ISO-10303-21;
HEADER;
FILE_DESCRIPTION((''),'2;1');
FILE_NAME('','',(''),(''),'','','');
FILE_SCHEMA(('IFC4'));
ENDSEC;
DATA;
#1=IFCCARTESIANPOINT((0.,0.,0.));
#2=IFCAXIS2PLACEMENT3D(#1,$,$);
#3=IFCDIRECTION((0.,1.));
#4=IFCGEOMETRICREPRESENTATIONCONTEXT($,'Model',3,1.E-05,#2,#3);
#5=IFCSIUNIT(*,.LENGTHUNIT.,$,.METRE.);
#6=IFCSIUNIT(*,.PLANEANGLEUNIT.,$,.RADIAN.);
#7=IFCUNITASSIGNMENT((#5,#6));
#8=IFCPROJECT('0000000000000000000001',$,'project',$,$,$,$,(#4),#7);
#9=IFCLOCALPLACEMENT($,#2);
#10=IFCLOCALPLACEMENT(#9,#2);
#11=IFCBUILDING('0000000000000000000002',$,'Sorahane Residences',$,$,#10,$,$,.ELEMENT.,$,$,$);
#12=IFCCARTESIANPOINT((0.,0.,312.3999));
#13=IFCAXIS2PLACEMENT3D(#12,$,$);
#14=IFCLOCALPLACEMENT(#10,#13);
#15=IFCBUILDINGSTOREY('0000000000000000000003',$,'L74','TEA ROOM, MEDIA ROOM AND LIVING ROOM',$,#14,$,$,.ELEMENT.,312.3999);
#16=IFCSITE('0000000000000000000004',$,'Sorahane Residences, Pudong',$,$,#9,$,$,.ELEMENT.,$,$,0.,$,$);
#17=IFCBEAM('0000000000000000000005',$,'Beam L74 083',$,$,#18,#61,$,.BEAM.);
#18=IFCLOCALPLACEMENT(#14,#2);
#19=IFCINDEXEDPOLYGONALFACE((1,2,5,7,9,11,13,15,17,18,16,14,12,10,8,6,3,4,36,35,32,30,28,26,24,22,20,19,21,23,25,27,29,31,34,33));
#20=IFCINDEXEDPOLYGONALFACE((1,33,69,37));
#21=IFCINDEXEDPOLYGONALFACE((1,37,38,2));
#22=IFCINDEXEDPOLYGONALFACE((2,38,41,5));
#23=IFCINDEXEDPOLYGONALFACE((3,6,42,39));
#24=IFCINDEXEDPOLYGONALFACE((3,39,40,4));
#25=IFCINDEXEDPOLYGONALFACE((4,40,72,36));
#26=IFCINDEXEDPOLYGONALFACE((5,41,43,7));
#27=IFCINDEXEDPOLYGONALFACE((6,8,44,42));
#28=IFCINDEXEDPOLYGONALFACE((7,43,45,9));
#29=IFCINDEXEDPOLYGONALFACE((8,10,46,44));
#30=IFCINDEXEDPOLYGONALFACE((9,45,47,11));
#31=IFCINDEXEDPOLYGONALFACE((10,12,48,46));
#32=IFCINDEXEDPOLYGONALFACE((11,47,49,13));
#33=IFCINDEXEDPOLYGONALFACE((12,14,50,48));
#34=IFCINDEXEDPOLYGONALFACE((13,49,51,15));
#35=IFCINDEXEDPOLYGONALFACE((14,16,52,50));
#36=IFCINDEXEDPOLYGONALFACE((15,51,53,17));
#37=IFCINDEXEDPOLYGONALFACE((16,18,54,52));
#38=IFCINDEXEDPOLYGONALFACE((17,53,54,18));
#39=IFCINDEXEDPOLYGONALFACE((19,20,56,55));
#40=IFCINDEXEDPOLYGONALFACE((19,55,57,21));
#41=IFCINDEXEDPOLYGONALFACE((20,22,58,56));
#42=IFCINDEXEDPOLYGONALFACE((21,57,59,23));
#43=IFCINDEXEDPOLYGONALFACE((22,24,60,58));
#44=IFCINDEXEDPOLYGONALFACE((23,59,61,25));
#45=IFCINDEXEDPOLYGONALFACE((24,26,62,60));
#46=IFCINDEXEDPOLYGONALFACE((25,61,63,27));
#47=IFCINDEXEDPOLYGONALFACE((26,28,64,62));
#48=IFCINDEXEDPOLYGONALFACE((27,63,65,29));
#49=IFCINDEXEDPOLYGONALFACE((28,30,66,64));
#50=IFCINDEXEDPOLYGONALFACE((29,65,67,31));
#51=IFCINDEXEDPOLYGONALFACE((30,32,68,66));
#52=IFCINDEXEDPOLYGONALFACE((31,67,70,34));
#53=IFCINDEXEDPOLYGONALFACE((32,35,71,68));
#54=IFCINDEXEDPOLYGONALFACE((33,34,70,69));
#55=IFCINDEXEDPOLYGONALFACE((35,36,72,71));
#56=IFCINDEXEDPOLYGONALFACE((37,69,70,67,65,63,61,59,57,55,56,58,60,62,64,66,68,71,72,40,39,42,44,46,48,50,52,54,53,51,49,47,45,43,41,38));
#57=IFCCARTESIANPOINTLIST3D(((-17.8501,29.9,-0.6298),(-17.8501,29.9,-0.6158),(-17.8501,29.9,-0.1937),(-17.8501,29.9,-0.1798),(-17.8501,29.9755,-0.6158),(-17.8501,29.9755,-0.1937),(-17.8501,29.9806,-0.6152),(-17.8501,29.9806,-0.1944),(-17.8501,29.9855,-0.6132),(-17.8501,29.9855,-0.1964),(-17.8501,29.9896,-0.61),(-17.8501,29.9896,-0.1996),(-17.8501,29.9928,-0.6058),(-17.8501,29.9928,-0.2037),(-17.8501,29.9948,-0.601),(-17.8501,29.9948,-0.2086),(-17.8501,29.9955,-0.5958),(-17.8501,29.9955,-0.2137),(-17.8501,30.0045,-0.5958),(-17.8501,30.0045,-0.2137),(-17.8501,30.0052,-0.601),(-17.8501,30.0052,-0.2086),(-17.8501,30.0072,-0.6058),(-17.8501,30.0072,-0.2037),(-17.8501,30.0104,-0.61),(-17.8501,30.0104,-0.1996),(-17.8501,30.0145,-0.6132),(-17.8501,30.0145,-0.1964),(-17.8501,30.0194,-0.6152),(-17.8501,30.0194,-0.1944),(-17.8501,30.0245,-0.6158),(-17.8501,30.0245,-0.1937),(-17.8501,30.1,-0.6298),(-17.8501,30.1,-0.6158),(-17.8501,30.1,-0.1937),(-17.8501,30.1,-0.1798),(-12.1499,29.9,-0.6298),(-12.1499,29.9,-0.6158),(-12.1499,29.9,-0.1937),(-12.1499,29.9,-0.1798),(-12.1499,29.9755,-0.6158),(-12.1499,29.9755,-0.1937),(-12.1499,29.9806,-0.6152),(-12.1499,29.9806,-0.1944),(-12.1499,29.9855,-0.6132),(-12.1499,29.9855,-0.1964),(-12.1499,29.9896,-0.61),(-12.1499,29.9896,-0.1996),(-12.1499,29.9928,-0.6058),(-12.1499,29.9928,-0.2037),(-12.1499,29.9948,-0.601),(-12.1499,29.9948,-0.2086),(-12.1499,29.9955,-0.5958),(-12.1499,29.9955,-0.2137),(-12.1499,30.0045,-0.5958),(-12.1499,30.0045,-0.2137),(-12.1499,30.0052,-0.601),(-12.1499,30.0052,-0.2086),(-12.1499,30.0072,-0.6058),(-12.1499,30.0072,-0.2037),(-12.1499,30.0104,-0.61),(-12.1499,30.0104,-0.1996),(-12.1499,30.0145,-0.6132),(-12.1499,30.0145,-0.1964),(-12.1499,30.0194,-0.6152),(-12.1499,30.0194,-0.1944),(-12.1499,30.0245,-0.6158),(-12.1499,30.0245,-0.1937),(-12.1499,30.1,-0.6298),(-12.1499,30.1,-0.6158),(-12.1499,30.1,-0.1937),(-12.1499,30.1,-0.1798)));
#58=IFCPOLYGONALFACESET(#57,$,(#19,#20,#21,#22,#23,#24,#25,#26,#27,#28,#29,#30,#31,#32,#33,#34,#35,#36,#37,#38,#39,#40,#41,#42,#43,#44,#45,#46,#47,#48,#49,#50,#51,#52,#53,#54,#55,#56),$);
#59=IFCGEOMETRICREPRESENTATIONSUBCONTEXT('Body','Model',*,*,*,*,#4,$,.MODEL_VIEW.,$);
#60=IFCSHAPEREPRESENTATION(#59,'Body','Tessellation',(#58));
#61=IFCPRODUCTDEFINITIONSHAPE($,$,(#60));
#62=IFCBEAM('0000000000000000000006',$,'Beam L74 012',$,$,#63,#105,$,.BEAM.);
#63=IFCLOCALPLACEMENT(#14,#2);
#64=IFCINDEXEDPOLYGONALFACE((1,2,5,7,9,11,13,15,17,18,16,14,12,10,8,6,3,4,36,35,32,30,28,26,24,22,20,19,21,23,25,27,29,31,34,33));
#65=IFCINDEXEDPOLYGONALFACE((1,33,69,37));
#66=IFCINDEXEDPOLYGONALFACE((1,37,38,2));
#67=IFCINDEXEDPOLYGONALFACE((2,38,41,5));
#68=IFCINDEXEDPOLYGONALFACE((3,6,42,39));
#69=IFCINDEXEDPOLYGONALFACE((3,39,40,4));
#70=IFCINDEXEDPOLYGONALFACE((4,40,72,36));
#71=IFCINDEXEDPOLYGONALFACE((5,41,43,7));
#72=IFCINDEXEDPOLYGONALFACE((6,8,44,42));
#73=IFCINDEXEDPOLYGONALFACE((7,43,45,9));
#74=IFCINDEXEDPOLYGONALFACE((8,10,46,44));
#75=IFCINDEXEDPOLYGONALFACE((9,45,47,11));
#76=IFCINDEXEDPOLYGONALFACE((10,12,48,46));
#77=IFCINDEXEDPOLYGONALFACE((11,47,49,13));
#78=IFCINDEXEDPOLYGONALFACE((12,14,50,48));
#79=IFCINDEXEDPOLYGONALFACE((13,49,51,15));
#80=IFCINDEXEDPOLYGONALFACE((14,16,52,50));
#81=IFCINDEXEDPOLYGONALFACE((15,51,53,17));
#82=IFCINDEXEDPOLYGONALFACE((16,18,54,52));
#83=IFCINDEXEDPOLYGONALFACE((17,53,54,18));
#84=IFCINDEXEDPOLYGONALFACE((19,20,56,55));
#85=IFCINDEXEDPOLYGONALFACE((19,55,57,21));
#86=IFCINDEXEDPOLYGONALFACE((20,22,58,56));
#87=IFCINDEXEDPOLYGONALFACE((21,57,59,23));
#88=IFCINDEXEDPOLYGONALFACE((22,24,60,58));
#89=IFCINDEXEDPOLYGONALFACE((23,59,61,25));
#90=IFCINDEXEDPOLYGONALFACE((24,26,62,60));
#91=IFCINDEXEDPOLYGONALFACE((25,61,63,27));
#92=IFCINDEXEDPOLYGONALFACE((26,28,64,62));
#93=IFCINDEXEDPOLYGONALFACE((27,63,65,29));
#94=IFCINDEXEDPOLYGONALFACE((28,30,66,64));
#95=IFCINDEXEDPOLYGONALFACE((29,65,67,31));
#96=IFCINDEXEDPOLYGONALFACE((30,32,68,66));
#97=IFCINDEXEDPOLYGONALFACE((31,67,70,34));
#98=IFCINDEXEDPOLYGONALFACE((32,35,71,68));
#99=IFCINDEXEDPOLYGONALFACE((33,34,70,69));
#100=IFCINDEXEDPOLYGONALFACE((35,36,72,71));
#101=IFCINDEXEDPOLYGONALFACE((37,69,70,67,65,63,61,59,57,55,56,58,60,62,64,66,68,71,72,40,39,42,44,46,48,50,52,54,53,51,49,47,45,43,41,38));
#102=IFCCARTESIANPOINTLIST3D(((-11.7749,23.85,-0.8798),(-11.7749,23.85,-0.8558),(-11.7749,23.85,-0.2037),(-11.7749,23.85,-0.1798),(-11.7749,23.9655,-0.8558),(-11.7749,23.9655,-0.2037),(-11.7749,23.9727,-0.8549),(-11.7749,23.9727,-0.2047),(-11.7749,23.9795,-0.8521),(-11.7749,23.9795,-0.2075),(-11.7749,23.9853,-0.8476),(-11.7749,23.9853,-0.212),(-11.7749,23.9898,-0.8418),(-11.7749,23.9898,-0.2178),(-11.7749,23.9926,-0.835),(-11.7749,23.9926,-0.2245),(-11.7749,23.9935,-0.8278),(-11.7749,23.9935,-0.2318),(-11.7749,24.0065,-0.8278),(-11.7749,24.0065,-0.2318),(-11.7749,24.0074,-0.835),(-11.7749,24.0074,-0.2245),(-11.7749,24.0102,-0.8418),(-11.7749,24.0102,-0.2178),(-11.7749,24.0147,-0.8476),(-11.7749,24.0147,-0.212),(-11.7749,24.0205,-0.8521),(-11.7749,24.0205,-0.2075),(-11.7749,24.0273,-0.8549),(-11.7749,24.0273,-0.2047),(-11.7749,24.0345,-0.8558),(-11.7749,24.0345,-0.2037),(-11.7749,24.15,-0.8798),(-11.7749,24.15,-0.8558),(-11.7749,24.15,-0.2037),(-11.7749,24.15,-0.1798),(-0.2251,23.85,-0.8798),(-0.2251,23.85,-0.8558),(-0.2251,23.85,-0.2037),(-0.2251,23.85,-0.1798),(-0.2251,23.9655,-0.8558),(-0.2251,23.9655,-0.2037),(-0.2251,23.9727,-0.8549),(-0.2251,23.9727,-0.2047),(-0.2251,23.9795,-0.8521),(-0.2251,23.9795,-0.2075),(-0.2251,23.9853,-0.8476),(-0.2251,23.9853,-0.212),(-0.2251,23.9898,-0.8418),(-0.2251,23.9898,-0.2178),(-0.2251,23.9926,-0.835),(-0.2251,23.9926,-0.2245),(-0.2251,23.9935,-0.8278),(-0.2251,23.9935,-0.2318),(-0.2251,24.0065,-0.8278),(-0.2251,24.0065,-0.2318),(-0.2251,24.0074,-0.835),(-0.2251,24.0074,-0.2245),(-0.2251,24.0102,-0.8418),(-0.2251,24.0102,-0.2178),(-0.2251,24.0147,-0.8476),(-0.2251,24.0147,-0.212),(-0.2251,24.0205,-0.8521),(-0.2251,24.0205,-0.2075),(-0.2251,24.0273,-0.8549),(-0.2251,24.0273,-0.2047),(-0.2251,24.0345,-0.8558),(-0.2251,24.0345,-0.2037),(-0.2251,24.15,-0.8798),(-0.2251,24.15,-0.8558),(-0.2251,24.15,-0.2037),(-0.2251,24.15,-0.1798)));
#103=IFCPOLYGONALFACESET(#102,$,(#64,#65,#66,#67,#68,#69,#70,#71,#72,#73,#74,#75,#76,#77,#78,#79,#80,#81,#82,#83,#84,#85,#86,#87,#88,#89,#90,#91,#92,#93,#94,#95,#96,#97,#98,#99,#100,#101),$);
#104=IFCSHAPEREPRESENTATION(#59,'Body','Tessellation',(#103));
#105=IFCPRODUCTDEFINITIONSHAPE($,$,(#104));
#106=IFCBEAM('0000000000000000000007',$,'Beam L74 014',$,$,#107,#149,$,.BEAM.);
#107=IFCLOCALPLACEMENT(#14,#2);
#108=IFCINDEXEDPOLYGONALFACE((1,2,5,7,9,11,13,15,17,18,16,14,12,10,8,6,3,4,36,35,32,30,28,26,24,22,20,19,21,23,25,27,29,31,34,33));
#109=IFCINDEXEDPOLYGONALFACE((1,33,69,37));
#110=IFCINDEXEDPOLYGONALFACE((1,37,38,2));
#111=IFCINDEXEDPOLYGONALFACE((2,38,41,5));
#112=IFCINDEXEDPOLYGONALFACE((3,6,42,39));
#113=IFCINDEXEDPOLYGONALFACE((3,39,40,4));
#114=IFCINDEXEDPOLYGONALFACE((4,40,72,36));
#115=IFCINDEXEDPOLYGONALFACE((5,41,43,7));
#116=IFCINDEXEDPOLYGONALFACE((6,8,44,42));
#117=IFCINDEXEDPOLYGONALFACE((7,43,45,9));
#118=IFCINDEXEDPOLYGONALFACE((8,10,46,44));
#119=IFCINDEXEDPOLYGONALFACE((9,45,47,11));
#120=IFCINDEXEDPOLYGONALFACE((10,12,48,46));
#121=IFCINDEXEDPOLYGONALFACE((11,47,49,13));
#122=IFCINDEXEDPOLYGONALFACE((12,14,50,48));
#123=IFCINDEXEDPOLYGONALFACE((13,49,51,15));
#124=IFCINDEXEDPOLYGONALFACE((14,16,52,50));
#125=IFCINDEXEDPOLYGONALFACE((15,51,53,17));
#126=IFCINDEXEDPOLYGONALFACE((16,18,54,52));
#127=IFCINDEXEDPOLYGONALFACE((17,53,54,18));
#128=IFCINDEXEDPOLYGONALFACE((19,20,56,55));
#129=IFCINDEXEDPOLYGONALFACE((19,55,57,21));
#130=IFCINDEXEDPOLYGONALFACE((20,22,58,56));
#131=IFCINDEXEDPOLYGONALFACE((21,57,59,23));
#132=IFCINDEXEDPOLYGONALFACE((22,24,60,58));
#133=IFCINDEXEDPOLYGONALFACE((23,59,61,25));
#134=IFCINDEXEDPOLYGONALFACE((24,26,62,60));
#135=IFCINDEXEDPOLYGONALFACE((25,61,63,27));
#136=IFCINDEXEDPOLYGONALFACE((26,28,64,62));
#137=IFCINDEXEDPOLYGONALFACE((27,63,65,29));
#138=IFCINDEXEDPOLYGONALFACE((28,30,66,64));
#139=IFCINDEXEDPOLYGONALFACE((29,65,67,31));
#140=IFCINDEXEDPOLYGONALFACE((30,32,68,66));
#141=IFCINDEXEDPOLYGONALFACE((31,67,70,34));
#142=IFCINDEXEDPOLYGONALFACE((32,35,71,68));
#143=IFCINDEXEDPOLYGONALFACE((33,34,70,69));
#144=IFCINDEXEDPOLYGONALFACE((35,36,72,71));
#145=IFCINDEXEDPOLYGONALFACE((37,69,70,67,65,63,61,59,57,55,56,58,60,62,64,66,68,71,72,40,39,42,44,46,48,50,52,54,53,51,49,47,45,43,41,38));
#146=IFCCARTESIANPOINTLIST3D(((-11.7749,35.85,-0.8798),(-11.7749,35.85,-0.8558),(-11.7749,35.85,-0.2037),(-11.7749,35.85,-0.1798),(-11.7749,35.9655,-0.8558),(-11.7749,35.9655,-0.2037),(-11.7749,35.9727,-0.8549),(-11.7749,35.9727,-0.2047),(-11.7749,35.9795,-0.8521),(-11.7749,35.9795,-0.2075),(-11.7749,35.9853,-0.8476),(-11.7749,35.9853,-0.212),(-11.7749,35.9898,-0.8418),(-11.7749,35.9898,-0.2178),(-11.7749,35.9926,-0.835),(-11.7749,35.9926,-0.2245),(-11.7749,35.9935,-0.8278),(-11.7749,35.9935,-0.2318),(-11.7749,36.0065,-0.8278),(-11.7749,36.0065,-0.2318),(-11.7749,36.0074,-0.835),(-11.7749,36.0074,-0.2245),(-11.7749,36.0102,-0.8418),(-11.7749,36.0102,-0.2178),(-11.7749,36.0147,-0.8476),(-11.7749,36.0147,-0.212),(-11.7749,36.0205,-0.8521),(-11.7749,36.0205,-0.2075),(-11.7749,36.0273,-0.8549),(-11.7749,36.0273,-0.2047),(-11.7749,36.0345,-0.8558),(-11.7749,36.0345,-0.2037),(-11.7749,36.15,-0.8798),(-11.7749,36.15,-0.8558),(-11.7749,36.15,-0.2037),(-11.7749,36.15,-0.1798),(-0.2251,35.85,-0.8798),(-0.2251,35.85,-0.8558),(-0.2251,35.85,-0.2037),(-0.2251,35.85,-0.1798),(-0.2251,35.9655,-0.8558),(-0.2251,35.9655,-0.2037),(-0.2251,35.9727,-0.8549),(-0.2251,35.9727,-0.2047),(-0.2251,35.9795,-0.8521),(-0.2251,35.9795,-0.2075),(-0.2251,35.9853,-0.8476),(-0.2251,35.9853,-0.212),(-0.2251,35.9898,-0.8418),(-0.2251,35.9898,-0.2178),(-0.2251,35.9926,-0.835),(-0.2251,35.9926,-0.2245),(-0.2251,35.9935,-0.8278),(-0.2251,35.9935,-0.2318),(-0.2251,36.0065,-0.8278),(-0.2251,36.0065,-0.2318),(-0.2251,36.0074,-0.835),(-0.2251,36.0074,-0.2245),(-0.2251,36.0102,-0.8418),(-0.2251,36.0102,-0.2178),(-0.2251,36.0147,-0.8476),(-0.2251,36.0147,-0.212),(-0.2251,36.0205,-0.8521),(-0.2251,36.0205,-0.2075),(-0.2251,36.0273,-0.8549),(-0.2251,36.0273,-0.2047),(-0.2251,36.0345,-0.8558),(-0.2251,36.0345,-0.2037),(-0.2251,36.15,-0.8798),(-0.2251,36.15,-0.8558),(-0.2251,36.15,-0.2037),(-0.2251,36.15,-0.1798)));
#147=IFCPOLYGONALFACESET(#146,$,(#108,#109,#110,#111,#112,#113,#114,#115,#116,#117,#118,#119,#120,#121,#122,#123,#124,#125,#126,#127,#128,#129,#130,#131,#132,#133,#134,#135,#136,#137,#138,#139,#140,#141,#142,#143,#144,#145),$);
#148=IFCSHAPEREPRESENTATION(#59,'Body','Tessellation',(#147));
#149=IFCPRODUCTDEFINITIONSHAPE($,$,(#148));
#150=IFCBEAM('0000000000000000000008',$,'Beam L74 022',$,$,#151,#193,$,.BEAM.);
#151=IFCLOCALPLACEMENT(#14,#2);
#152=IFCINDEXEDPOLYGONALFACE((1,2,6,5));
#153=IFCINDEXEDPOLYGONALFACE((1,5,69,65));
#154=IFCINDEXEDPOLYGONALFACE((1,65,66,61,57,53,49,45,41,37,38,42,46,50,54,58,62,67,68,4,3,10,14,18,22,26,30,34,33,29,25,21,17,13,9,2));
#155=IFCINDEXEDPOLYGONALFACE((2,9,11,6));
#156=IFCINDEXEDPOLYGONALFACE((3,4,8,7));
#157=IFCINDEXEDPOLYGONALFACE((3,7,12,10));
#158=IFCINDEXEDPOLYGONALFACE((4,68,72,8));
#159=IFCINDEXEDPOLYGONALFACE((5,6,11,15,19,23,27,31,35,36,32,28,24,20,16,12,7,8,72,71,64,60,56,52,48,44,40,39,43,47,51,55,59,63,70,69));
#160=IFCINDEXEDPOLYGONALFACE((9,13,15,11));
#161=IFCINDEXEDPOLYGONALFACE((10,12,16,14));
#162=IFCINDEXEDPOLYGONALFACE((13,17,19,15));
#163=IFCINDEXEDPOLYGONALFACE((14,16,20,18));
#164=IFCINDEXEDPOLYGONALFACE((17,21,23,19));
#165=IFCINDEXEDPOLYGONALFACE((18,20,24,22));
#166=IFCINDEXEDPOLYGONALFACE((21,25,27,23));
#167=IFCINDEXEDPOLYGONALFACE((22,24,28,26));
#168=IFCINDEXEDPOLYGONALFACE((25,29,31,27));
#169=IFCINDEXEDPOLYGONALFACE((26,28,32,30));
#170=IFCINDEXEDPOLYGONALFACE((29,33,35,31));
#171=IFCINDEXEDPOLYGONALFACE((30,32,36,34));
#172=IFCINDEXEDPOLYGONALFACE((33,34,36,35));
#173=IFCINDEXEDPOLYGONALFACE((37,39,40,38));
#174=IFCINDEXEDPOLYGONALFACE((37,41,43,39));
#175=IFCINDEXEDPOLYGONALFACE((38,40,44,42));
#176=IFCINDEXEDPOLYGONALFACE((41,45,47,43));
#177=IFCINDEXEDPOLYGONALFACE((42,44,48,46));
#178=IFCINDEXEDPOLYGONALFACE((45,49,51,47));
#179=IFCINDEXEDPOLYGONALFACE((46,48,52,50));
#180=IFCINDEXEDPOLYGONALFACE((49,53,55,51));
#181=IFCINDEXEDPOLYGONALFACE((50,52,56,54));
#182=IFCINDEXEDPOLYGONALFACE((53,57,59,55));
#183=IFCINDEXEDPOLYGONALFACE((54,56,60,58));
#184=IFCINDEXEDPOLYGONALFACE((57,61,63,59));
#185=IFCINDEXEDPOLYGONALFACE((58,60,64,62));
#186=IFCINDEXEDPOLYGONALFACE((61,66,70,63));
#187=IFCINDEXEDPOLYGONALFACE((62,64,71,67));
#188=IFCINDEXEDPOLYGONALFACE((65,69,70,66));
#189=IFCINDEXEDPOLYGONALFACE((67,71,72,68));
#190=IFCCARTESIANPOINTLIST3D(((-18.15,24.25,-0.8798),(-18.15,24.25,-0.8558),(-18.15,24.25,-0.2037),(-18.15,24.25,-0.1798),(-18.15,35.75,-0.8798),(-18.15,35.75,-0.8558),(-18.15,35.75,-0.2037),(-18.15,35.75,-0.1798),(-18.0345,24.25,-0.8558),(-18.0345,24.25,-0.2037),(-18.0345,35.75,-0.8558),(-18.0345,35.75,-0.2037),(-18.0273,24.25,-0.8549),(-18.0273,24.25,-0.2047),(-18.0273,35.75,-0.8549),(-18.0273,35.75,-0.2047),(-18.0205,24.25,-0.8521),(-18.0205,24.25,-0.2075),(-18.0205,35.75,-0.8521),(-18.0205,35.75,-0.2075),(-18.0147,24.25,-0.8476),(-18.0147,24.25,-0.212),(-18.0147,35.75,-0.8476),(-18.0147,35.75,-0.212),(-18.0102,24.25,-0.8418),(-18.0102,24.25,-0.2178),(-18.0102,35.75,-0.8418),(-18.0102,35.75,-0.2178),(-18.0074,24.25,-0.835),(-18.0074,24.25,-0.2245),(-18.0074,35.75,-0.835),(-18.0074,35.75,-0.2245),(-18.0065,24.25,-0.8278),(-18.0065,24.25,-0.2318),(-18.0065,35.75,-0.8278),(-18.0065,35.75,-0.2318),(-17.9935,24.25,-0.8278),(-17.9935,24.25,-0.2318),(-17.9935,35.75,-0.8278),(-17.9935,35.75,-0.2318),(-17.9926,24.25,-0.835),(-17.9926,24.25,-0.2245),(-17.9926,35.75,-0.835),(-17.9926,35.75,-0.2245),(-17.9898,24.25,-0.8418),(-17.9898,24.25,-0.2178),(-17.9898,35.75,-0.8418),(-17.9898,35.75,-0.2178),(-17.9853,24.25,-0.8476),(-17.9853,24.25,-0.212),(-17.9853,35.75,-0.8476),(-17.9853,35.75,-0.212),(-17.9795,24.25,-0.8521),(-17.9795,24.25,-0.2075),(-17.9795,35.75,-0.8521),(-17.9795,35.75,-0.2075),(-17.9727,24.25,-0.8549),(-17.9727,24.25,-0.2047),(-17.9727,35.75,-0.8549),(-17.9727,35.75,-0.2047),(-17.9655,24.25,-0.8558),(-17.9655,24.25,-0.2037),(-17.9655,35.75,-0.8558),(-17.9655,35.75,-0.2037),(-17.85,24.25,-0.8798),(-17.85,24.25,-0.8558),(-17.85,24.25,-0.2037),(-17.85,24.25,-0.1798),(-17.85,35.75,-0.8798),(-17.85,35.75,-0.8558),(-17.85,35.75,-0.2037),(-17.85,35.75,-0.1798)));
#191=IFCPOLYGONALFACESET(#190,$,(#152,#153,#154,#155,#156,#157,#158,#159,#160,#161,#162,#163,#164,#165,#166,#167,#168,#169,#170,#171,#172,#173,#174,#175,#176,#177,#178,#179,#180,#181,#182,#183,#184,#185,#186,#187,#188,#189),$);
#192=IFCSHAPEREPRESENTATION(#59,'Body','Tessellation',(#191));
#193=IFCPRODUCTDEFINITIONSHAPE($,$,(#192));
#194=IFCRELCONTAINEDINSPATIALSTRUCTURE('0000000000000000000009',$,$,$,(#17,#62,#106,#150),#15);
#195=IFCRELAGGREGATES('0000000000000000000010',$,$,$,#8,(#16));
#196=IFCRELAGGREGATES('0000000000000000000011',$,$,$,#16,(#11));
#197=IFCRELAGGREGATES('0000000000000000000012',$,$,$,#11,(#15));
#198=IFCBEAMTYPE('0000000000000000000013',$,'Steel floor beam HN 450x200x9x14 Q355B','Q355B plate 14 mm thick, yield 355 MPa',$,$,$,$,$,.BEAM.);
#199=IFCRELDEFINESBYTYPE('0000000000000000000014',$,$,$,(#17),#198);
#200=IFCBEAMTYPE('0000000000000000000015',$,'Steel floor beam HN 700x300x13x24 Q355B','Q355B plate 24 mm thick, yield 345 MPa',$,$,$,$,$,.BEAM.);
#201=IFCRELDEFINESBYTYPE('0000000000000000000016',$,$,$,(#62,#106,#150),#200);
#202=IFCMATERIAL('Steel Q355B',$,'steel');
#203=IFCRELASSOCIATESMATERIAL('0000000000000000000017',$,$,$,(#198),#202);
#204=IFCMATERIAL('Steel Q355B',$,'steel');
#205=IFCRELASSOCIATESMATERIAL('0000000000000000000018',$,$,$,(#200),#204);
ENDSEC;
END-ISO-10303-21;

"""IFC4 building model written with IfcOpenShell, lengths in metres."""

from ifc_helpers import new_model, si_unit, direction, frame, origin, origin_2d, place, context, subcontext, project, spatial, i_section, extrude, material, material_profile, profile_set, type_object, element, save


model = new_model("IFC4")

# Units and contexts
model_context = context("Model", 3, precision=1e-05, world=origin(), true_north=direction((0.0, 1.0)))
body_context = subcontext(model_context, "Body", "Model", "MODEL_VIEW")
ifc_project = project(units=[si_unit("LENGTHUNIT", "METRE"), si_unit("PLANEANGLEUNIT", "RADIAN")], contexts=[model_context])

# Site, building, storey
site_placement = place(None, origin())
site = spatial("IfcSite", under=ifc_project, at=site_placement, Name="Sorahane Residences, Pudong", CompositionType="ELEMENT", RefElevation=0.0)
building_placement = place(site_placement, origin())
building = spatial("IfcBuilding", under=site, at=building_placement, Name="Sorahane Residences", CompositionType="ELEMENT")
storey_placement = place(building_placement, frame((0.0, 0.0, 312.3999)))
storey = spatial("IfcBuildingStorey", under=building, at=storey_placement, Name="L74", Description="TEA ROOM, MEDIA ROOM AND LIVING ROOM", CompositionType="ELEMENT", Elevation=312.3999)

# Beams
ifc_material_1 = material(Name="Steel Q355B", Category="steel")
ifc_material_profile_1 = material_profile(ifc_material_1, i_section(OverallWidth=0.2, OverallDepth=0.45, WebThickness=0.009, FlangeThickness=0.0139, FilletRadius=0.02, at=origin_2d()), Name="HN 450x200x9x14")
ifc_profile_set_1 = profile_set([ifc_material_profile_1], Name="Steel Q355B")
beam_type_1 = type_object("IfcBeamType", Name="Steel floor beam HN 450x200x9x14 Q355B", Description="Q355B plate 14 mm thick, yield 355 MPa", PredefinedType="BEAM", material=ifc_profile_set_1)
beam_1_placement = place(storey_placement, frame((-17.8501, 30.0, -0.4048), z_axis=(1.0, 0.0, 0.0), x_axis=(0.0, 1.0, 0.0)))
element("IfcBeam", 1, at=beam_1_placement, inside=storey, type_object=beam_type_1, Name="Beam L74 083", PredefinedType="BEAM", context=body_context, shape_type="SweptSolid", body=[
    extrude(i_section(OverallWidth=0.2, OverallDepth=0.45, WebThickness=0.009, FlangeThickness=0.0139, FilletRadius=0.02, at=origin_2d()), origin(), (0.0, 0.0, 1.0), 5.7002),
])
ifc_material_2 = material(Name="Steel Q355B", Category="steel")
ifc_material_profile_2 = material_profile(ifc_material_2, i_section(OverallWidth=0.3, OverallDepth=0.7, WebThickness=0.0129, FlangeThickness=0.0239, FilletRadius=0.0281, at=origin_2d()), Name="HN 700x300x13x24")
ifc_profile_set_2 = profile_set([ifc_material_profile_2], Name="Steel Q355B")
beam_type_2 = type_object("IfcBeamType", Name="Steel floor beam HN 700x300x13x24 Q355B", Description="Q355B plate 24 mm thick, yield 345 MPa", PredefinedType="BEAM", material=ifc_profile_set_2)
for number, where, z_axis, x_axis, name in (
    (2, (-11.7749, 24.0, -0.5298), (1.0, 0.0, 0.0), (0.0, 1.0, 0.0), "Beam L74 012"),
    (3, (-11.7749, 36.0, -0.5298), (1.0, 0.0, 0.0), (0.0, 1.0, 0.0), "Beam L74 014"),
):
    element("IfcBeam", number, at=place(storey_placement, frame(where, z_axis=z_axis, x_axis=x_axis)), inside=storey, type_object=beam_type_2, Name=name, PredefinedType="BEAM", context=body_context, shape_type="SweptSolid", body=[
        extrude(i_section(OverallWidth=0.3, OverallDepth=0.7, WebThickness=0.0129, FlangeThickness=0.0239, FilletRadius=0.0281, at=origin_2d()), origin(), (0.0, 0.0, 1.0), 11.5498),
    ])
beam_2_placement = place(storey_placement, frame((-18.0, 24.25, -0.5298), z_axis=(0.0, 1.0, 0.0), x_axis=(-1.0, 0.0, 0.0)))
element("IfcBeam", 4, at=beam_2_placement, inside=storey, type_object=beam_type_2, Name="Beam L74 022", PredefinedType="BEAM", context=body_context, shape_type="SweptSolid", body=[
    extrude(i_section(OverallWidth=0.3, OverallDepth=0.7, WebThickness=0.0129, FlangeThickness=0.0239, FilletRadius=0.0281, at=origin_2d()), origin(), (0.0, 0.0, 1.0), 11.5),
])

save(model, "model.ifc")
